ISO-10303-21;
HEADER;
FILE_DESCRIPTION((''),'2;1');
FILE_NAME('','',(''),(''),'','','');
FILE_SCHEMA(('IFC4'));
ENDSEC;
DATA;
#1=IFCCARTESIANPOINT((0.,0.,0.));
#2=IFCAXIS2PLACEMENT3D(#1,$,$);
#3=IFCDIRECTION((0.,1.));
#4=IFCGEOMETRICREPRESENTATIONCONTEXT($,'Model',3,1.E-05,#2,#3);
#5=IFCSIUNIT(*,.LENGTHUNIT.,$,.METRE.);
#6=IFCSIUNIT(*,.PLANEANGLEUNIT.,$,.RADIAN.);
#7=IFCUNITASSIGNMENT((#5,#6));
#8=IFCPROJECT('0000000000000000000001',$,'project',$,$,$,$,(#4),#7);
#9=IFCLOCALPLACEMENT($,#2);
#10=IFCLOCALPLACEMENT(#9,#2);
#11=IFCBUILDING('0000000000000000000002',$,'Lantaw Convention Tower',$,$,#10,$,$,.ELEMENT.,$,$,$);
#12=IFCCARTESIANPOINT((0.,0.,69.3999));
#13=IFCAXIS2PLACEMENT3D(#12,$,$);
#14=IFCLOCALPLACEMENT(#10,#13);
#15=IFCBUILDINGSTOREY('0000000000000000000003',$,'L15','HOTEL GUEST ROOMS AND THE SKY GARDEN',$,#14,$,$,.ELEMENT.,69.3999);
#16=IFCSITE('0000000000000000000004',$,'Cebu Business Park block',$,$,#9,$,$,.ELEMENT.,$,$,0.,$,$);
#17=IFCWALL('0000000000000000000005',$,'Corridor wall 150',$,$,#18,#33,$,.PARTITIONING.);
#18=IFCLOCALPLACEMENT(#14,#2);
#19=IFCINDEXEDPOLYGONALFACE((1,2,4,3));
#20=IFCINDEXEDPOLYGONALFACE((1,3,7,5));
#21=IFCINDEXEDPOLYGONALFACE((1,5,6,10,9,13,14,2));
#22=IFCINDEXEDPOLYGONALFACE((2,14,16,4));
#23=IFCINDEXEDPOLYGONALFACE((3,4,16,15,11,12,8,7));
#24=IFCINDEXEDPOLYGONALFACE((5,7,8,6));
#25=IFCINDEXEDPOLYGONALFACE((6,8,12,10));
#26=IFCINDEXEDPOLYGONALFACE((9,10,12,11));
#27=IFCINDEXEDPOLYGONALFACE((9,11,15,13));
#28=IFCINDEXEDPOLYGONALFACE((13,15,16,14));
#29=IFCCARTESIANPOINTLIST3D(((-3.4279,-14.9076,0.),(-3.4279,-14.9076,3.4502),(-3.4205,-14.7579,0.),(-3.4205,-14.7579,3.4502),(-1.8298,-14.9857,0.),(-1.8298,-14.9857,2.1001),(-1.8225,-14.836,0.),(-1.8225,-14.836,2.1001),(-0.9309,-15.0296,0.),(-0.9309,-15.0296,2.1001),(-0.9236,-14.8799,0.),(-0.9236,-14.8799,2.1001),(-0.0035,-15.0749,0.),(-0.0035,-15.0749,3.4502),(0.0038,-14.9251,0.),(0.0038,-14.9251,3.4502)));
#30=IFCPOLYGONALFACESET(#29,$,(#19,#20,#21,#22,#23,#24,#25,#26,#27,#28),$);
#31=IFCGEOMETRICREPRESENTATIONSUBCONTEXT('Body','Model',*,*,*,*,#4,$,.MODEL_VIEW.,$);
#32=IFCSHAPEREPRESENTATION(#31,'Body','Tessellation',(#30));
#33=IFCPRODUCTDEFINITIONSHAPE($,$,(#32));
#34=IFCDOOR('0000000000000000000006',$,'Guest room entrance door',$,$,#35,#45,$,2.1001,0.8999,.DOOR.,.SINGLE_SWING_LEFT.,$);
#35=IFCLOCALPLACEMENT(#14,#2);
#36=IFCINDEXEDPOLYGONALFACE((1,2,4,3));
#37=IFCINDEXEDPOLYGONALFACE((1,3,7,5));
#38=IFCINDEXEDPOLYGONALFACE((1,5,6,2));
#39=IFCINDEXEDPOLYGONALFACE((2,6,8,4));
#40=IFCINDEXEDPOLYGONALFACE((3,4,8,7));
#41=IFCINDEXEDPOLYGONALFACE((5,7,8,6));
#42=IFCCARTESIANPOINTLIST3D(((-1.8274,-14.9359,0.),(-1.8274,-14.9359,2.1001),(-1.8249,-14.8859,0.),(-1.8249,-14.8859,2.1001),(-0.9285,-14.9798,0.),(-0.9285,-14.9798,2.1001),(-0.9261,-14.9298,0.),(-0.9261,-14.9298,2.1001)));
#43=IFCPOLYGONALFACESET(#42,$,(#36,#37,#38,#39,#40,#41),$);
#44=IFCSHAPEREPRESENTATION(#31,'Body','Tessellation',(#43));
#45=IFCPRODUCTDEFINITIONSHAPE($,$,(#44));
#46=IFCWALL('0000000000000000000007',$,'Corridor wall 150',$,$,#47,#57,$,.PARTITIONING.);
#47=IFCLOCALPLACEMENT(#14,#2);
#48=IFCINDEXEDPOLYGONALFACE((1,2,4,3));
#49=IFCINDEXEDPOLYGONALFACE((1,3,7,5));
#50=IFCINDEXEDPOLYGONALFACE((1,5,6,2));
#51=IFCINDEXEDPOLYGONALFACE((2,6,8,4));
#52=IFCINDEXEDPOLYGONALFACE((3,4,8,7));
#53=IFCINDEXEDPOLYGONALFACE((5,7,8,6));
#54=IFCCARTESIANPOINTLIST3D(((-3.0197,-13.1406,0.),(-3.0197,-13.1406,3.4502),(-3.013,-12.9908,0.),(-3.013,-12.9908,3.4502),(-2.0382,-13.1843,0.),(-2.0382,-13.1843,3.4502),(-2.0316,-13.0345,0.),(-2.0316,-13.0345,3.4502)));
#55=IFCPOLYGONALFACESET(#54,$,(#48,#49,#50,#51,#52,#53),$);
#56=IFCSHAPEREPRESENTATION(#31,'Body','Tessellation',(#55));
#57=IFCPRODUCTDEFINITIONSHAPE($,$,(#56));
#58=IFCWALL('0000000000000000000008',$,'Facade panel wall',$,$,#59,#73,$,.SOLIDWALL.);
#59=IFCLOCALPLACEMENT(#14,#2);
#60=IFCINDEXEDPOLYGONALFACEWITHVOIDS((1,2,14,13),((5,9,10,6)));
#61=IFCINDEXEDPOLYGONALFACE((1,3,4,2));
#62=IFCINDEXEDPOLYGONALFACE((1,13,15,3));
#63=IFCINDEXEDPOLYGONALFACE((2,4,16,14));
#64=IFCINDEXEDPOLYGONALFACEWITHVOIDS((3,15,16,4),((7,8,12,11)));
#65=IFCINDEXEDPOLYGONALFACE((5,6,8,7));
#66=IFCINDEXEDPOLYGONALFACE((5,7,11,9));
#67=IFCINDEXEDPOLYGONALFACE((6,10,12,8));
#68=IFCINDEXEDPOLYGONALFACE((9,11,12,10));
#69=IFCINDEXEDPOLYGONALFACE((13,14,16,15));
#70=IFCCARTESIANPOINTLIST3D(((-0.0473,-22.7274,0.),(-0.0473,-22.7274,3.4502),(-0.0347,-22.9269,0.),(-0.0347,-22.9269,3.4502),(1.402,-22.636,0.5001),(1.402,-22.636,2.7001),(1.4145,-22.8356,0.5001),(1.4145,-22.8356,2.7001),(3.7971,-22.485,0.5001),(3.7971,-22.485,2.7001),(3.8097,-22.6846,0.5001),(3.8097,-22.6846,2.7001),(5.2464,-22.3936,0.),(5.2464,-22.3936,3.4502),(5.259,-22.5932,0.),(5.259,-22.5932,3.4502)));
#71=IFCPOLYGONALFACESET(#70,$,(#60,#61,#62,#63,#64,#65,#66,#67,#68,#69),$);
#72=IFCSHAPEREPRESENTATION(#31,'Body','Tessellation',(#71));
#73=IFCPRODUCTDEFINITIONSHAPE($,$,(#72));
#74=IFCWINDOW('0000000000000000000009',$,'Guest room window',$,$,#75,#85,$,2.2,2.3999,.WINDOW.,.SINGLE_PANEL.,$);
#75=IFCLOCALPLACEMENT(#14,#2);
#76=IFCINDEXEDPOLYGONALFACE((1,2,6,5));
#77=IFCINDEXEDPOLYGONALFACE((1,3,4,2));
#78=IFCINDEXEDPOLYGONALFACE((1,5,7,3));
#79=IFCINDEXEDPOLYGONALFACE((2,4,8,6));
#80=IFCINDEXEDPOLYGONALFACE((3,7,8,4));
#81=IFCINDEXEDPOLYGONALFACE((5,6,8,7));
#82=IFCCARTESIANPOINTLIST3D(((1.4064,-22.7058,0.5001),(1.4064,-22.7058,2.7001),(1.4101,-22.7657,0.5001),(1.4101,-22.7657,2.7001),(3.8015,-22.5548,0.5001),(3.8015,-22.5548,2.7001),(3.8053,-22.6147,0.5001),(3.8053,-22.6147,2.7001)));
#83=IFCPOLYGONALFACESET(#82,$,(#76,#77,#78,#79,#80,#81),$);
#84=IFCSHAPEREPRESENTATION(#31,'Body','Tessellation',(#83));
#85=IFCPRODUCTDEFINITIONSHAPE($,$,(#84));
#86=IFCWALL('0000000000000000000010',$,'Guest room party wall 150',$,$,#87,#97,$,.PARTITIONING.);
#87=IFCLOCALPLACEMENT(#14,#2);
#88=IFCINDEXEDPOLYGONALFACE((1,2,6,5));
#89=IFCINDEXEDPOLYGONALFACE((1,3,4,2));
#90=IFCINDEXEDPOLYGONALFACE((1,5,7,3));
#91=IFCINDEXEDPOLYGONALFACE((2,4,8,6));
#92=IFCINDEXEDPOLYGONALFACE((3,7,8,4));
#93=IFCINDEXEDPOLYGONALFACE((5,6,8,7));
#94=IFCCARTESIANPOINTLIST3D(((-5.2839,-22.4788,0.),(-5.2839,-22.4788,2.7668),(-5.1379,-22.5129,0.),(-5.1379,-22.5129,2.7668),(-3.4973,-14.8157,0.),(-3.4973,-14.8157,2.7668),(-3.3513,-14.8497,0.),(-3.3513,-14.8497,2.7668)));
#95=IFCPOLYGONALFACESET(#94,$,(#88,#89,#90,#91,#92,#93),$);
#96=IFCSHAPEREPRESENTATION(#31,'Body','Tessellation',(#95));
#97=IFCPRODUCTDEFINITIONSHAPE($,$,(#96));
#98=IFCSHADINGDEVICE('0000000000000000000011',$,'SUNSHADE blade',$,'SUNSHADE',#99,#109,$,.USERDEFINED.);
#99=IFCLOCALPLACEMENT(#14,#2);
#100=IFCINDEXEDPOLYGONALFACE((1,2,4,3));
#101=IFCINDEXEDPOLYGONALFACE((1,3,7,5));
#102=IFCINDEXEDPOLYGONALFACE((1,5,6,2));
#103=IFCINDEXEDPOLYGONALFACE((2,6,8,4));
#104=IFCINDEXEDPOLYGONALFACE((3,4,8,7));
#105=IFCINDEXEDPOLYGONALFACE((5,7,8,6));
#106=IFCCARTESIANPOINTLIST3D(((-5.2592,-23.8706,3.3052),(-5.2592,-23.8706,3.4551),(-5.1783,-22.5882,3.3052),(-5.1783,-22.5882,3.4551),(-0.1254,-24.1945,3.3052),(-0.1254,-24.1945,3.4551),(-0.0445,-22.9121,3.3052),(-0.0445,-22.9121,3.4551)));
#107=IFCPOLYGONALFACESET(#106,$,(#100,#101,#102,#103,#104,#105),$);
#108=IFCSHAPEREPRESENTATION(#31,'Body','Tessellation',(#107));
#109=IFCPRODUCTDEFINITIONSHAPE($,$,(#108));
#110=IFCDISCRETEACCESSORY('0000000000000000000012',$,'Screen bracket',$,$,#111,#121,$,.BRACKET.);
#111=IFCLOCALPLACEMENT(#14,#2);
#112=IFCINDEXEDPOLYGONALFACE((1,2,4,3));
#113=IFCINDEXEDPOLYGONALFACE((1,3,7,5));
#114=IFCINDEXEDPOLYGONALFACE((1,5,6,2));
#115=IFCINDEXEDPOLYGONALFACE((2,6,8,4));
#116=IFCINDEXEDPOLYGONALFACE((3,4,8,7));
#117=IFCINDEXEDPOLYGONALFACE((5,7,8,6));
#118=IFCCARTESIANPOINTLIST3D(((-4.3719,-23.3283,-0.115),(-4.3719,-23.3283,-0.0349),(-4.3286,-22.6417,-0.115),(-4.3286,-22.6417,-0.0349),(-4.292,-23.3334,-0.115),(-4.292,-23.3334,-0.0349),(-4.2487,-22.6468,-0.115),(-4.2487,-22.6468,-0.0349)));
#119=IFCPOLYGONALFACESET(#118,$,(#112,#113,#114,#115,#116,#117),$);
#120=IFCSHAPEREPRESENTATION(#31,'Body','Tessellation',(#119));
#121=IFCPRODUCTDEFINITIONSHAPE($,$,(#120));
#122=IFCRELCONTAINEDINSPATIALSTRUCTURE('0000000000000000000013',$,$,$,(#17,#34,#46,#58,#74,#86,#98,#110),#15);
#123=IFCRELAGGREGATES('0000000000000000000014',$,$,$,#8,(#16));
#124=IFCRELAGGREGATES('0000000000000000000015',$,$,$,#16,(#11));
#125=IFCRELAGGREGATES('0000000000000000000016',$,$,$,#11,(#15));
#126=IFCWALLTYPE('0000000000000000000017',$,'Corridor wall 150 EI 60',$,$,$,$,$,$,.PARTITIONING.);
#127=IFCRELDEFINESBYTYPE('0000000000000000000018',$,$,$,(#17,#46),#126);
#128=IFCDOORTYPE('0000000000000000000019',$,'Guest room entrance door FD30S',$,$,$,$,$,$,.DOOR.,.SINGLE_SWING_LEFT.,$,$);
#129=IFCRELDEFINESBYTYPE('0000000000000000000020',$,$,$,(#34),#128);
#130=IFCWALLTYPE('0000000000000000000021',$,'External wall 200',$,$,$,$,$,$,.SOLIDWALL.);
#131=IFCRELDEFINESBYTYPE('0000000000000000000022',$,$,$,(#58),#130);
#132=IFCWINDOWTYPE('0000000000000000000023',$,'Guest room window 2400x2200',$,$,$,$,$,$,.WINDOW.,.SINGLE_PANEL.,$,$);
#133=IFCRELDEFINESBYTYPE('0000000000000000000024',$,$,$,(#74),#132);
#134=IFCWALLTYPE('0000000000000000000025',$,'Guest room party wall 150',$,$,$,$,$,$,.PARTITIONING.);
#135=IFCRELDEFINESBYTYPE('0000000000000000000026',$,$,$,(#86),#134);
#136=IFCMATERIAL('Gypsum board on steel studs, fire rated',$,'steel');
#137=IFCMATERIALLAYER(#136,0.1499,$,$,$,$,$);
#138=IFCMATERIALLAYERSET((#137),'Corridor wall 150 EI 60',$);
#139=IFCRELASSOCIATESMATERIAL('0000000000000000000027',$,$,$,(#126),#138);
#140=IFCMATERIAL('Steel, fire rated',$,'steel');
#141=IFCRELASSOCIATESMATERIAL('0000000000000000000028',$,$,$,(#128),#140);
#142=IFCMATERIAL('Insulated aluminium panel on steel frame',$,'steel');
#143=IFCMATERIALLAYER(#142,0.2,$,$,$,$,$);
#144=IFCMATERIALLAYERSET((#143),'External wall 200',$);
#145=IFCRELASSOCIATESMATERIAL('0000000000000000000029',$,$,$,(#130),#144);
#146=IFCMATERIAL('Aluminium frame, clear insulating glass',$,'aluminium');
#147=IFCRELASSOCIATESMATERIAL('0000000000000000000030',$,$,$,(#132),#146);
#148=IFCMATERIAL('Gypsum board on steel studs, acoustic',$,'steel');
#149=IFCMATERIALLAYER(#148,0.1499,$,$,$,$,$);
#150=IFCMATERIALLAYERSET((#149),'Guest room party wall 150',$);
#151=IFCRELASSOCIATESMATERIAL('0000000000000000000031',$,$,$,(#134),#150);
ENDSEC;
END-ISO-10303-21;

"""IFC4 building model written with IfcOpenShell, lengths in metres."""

from ifc_helpers import new_model, si_unit, direction, frame, frame_2d, origin, origin_2d, place, context, subcontext, project, spatial, rectangle, extrude, material, layer, layer_set, type_object, element, fill, save


model = new_model("IFC4")

# Units and contexts
model_context = context("Model", 3, precision=1e-05, world=origin(), true_north=direction((0.0, 1.0)))
body_context = subcontext(model_context, "Body", "Model", "MODEL_VIEW")
ifc_project = project(units=[si_unit("LENGTHUNIT", "METRE"), si_unit("PLANEANGLEUNIT", "RADIAN")], contexts=[model_context])

# Site, building, storey
site_placement = place(None, origin())
site = spatial("IfcSite", under=ifc_project, at=site_placement, Name="Cebu Business Park block", CompositionType="ELEMENT", RefElevation=0.0)
building_placement = place(site_placement, origin())
building = spatial("IfcBuilding", under=site, at=building_placement, Name="Lantaw Convention Tower", CompositionType="ELEMENT")
storey_placement = place(building_placement, frame((0.0, 0.0, 69.3999)))
storey = spatial("IfcBuildingStorey", under=building, at=storey_placement, Name="L15", Description="HOTEL GUEST ROOMS AND THE SKY GARDEN", CompositionType="ELEMENT", Elevation=69.3999)

# Wall, opening, door
ifc_material_1 = material(Name="Gypsum board on steel studs, fire rated", Category="steel")
ifc_layer_1 = layer(ifc_material_1, 0.1499)
ifc_layer_set_1 = layer_set([ifc_layer_1], Name="Corridor wall 150 EI 60")
wall_type_1 = type_object("IfcWallType", Name="Corridor wall 150 EI 60", PredefinedType="PARTITIONING", material=ifc_layer_set_1)
wall_1_placement = place(storey_placement, frame((-3.4243, -14.8328, 0.0), z_axis=(0.0, 0.0, 1.0), x_axis=(0.99881, -0.04878, 0.0)))
wall_1 = element("IfcWall", 1, at=wall_1_placement, inside=storey, type_object=wall_type_1, Name="Corridor wall 150", PredefinedType="PARTITIONING", context=body_context, shape_type="SweptSolid", body=[
    extrude(rectangle(XDim=3.4285, YDim=0.1499, at=frame_2d((1.7144, 0.0))), origin(), (0.0, 0.0, 1.0), 3.4502),
])
opening_1_placement = place(wall_1_placement, frame((1.6001, 0.0, 0.0)))
opening_1 = element("IfcOpeningElement", 2, at=opening_1_placement, cuts=wall_1, PredefinedType="OPENING", context=body_context, shape_type="SweptSolid", body=[
    extrude(rectangle(XDim=0.8999, YDim=2.1001, at=frame_2d((0.45, 1.05))), frame((0.0, 0.085, 0.0), z_axis=(0.0, -1.0, 0.0), x_axis=(1.0, 0.0, 0.0)), (0.0, 0.0, 1.0), 0.1699),
])
ifc_material_2 = material(Name="Steel, fire rated", Category="steel")
door_type_1 = type_object("IfcDoorType", Name="Guest room entrance door FD30S", OperationType="SINGLE_SWING_LEFT", PredefinedType="DOOR", material=ifc_material_2)
door_1_placement = place(opening_1_placement, origin())
door_1 = element("IfcDoor", 3, at=door_1_placement, inside=storey, type_object=door_type_1, Name="Guest room entrance door", OperationType="SINGLE_SWING_LEFT", OverallHeight=2.1001, OverallWidth=0.8999, PredefinedType="DOOR", context=body_context, shape_type="SweptSolid", body=[
    extrude(rectangle(XDim=0.8999, YDim=2.1001, at=frame_2d((0.45, 1.05))), frame((0.0, 0.0249, 0.0), z_axis=(0.0, -1.0, 0.0), x_axis=(1.0, 0.0, 0.0)), (0.0, 0.0, 1.0), 0.05),
])
fill(opening_1, door_1)

# Wall
wall_2_placement = place(storey_placement, frame((-3.0164, -13.0657, 0.0), z_axis=(0.0, 0.0, 1.0), x_axis=(0.99901, -0.044483, 0.0)))
element("IfcWall", 4, at=wall_2_placement, inside=storey, type_object=wall_type_1, Name="Corridor wall 150", PredefinedType="PARTITIONING", context=body_context, shape_type="SweptSolid", body=[
    extrude(rectangle(XDim=0.9824, YDim=0.1499, at=frame_2d((0.4912, 0.0))), origin(), (0.0, 0.0, 1.0), 3.4502),
])

# Wall, opening, window
ifc_material_3 = material(Name="Insulated aluminium panel on steel frame", Category="steel")
ifc_layer_2 = layer(ifc_material_3, 0.2)
ifc_layer_set_2 = layer_set([ifc_layer_2], Name="External wall 200")
wall_type_2 = type_object("IfcWallType", Name="External wall 200", PredefinedType="SOLIDWALL", material=ifc_layer_set_2)
wall_3_placement = place(storey_placement, frame((-0.041, -22.8271, 0.0), z_axis=(0.0, 0.0, 1.0), x_axis=(0.998019, 0.06292, 0.0)))
wall_3 = element("IfcWall", 5, at=wall_3_placement, inside=storey, type_object=wall_type_2, Name="Facade panel wall", PredefinedType="SOLIDWALL", context=body_context, shape_type="SweptSolid", body=[
    extrude(rectangle(XDim=5.3042, YDim=0.2, at=frame_2d((2.6521, 0.0))), origin(), (0.0, 0.0, 1.0), 3.4502),
])
opening_2_placement = place(wall_3_placement, frame((1.4521, 0.0, 0.5)))
opening_2 = element("IfcOpeningElement", 6, at=opening_2_placement, cuts=wall_3, PredefinedType="OPENING", context=body_context, shape_type="SweptSolid", body=[
    extrude(rectangle(XDim=2.3999, YDim=2.2, at=frame_2d((1.2, 1.1001))), frame((0.0, 0.1099, 0.0), z_axis=(0.0, -1.0, 0.0), x_axis=(1.0, 0.0, 0.0)), (0.0, 0.0, 1.0), 0.22),
])
ifc_material_4 = material(Name="Aluminium frame, clear insulating glass", Category="aluminium")
window_type = type_object("IfcWindowType", Name="Guest room window 2400x2200", PartitioningType="SINGLE_PANEL", PredefinedType="WINDOW", material=ifc_material_4)
window_placement = place(opening_2_placement, origin())
window = element("IfcWindow", 7, at=window_placement, inside=storey, type_object=window_type, Name="Guest room window", OverallHeight=2.2, OverallWidth=2.3999, PartitioningType="SINGLE_PANEL", PredefinedType="WINDOW", context=body_context, shape_type="SweptSolid", body=[
    extrude(rectangle(XDim=2.3999, YDim=2.2, at=frame_2d((1.2, 1.1001))), frame((0.0, 0.03, 0.0), z_axis=(0.0, -1.0, 0.0), x_axis=(1.0, 0.0, 0.0)), (0.0, 0.0, 1.0), 0.0601),
])
fill(opening_2, window)

# Wall
ifc_material_5 = material(Name="Gypsum board on steel studs, acoustic", Category="steel")
ifc_layer_3 = layer(ifc_material_5, 0.1499)
ifc_layer_set_3 = layer_set([ifc_layer_3], Name="Guest room party wall 150")
wall_type_3 = type_object("IfcWallType", Name="Guest room party wall 150", PredefinedType="PARTITIONING", material=ifc_layer_set_3)
wall_4_placement = place(storey_placement, frame((-5.2109, -22.4958, 0.0), z_axis=(0.0, 0.0, 1.0), x_axis=(0.227057, 0.973881, 0.0)))
element("IfcWall", 8, at=wall_4_placement, inside=storey, type_object=wall_type_3, Name="Guest room party wall 150", PredefinedType="PARTITIONING", context=body_context, shape_type="SweptSolid", body=[
    extrude(rectangle(XDim=7.8687, YDim=0.1499, at=frame_2d((3.9343, 0.0))), origin(), (0.0, 0.0, 1.0), 2.7668),
])

# Shading device
shading_device_placement = place(storey_placement, frame((-2.6519, -23.3914, 3.3052), z_axis=(0.0, 0.0, 1.0), x_axis=(0.998016, -0.062958, 0.0)))
element("IfcShadingDevice", 9, at=shading_device_placement, inside=storey, Name="SUNSHADE blade", ObjectType="SUNSHADE", PredefinedType="USERDEFINED", context=body_context, shape_type="SweptSolid", body=[
    extrude(rectangle(XDim=5.144, YDim=1.2849, at=origin_2d()), origin(), (0.0, 0.0, 1.0), 0.1499),
])

# Discrete accessory
discrete_accessory_placement = place(storey_placement, frame((-4.3103, -22.9875, -0.115), z_axis=(0.0, 0.0, 1.0), x_axis=(0.998016, -0.062958, 0.0)))
element("IfcDiscreteAccessory", 10, at=discrete_accessory_placement, inside=storey, Name="Screen bracket", PredefinedType="BRACKET", context=body_context, shape_type="SweptSolid", body=[
    extrude(rectangle(XDim=0.0801, YDim=0.688, at=origin_2d()), origin(), (0.0, 0.0, 1.0), 0.0801),
])

save(model, "model.ifc")
